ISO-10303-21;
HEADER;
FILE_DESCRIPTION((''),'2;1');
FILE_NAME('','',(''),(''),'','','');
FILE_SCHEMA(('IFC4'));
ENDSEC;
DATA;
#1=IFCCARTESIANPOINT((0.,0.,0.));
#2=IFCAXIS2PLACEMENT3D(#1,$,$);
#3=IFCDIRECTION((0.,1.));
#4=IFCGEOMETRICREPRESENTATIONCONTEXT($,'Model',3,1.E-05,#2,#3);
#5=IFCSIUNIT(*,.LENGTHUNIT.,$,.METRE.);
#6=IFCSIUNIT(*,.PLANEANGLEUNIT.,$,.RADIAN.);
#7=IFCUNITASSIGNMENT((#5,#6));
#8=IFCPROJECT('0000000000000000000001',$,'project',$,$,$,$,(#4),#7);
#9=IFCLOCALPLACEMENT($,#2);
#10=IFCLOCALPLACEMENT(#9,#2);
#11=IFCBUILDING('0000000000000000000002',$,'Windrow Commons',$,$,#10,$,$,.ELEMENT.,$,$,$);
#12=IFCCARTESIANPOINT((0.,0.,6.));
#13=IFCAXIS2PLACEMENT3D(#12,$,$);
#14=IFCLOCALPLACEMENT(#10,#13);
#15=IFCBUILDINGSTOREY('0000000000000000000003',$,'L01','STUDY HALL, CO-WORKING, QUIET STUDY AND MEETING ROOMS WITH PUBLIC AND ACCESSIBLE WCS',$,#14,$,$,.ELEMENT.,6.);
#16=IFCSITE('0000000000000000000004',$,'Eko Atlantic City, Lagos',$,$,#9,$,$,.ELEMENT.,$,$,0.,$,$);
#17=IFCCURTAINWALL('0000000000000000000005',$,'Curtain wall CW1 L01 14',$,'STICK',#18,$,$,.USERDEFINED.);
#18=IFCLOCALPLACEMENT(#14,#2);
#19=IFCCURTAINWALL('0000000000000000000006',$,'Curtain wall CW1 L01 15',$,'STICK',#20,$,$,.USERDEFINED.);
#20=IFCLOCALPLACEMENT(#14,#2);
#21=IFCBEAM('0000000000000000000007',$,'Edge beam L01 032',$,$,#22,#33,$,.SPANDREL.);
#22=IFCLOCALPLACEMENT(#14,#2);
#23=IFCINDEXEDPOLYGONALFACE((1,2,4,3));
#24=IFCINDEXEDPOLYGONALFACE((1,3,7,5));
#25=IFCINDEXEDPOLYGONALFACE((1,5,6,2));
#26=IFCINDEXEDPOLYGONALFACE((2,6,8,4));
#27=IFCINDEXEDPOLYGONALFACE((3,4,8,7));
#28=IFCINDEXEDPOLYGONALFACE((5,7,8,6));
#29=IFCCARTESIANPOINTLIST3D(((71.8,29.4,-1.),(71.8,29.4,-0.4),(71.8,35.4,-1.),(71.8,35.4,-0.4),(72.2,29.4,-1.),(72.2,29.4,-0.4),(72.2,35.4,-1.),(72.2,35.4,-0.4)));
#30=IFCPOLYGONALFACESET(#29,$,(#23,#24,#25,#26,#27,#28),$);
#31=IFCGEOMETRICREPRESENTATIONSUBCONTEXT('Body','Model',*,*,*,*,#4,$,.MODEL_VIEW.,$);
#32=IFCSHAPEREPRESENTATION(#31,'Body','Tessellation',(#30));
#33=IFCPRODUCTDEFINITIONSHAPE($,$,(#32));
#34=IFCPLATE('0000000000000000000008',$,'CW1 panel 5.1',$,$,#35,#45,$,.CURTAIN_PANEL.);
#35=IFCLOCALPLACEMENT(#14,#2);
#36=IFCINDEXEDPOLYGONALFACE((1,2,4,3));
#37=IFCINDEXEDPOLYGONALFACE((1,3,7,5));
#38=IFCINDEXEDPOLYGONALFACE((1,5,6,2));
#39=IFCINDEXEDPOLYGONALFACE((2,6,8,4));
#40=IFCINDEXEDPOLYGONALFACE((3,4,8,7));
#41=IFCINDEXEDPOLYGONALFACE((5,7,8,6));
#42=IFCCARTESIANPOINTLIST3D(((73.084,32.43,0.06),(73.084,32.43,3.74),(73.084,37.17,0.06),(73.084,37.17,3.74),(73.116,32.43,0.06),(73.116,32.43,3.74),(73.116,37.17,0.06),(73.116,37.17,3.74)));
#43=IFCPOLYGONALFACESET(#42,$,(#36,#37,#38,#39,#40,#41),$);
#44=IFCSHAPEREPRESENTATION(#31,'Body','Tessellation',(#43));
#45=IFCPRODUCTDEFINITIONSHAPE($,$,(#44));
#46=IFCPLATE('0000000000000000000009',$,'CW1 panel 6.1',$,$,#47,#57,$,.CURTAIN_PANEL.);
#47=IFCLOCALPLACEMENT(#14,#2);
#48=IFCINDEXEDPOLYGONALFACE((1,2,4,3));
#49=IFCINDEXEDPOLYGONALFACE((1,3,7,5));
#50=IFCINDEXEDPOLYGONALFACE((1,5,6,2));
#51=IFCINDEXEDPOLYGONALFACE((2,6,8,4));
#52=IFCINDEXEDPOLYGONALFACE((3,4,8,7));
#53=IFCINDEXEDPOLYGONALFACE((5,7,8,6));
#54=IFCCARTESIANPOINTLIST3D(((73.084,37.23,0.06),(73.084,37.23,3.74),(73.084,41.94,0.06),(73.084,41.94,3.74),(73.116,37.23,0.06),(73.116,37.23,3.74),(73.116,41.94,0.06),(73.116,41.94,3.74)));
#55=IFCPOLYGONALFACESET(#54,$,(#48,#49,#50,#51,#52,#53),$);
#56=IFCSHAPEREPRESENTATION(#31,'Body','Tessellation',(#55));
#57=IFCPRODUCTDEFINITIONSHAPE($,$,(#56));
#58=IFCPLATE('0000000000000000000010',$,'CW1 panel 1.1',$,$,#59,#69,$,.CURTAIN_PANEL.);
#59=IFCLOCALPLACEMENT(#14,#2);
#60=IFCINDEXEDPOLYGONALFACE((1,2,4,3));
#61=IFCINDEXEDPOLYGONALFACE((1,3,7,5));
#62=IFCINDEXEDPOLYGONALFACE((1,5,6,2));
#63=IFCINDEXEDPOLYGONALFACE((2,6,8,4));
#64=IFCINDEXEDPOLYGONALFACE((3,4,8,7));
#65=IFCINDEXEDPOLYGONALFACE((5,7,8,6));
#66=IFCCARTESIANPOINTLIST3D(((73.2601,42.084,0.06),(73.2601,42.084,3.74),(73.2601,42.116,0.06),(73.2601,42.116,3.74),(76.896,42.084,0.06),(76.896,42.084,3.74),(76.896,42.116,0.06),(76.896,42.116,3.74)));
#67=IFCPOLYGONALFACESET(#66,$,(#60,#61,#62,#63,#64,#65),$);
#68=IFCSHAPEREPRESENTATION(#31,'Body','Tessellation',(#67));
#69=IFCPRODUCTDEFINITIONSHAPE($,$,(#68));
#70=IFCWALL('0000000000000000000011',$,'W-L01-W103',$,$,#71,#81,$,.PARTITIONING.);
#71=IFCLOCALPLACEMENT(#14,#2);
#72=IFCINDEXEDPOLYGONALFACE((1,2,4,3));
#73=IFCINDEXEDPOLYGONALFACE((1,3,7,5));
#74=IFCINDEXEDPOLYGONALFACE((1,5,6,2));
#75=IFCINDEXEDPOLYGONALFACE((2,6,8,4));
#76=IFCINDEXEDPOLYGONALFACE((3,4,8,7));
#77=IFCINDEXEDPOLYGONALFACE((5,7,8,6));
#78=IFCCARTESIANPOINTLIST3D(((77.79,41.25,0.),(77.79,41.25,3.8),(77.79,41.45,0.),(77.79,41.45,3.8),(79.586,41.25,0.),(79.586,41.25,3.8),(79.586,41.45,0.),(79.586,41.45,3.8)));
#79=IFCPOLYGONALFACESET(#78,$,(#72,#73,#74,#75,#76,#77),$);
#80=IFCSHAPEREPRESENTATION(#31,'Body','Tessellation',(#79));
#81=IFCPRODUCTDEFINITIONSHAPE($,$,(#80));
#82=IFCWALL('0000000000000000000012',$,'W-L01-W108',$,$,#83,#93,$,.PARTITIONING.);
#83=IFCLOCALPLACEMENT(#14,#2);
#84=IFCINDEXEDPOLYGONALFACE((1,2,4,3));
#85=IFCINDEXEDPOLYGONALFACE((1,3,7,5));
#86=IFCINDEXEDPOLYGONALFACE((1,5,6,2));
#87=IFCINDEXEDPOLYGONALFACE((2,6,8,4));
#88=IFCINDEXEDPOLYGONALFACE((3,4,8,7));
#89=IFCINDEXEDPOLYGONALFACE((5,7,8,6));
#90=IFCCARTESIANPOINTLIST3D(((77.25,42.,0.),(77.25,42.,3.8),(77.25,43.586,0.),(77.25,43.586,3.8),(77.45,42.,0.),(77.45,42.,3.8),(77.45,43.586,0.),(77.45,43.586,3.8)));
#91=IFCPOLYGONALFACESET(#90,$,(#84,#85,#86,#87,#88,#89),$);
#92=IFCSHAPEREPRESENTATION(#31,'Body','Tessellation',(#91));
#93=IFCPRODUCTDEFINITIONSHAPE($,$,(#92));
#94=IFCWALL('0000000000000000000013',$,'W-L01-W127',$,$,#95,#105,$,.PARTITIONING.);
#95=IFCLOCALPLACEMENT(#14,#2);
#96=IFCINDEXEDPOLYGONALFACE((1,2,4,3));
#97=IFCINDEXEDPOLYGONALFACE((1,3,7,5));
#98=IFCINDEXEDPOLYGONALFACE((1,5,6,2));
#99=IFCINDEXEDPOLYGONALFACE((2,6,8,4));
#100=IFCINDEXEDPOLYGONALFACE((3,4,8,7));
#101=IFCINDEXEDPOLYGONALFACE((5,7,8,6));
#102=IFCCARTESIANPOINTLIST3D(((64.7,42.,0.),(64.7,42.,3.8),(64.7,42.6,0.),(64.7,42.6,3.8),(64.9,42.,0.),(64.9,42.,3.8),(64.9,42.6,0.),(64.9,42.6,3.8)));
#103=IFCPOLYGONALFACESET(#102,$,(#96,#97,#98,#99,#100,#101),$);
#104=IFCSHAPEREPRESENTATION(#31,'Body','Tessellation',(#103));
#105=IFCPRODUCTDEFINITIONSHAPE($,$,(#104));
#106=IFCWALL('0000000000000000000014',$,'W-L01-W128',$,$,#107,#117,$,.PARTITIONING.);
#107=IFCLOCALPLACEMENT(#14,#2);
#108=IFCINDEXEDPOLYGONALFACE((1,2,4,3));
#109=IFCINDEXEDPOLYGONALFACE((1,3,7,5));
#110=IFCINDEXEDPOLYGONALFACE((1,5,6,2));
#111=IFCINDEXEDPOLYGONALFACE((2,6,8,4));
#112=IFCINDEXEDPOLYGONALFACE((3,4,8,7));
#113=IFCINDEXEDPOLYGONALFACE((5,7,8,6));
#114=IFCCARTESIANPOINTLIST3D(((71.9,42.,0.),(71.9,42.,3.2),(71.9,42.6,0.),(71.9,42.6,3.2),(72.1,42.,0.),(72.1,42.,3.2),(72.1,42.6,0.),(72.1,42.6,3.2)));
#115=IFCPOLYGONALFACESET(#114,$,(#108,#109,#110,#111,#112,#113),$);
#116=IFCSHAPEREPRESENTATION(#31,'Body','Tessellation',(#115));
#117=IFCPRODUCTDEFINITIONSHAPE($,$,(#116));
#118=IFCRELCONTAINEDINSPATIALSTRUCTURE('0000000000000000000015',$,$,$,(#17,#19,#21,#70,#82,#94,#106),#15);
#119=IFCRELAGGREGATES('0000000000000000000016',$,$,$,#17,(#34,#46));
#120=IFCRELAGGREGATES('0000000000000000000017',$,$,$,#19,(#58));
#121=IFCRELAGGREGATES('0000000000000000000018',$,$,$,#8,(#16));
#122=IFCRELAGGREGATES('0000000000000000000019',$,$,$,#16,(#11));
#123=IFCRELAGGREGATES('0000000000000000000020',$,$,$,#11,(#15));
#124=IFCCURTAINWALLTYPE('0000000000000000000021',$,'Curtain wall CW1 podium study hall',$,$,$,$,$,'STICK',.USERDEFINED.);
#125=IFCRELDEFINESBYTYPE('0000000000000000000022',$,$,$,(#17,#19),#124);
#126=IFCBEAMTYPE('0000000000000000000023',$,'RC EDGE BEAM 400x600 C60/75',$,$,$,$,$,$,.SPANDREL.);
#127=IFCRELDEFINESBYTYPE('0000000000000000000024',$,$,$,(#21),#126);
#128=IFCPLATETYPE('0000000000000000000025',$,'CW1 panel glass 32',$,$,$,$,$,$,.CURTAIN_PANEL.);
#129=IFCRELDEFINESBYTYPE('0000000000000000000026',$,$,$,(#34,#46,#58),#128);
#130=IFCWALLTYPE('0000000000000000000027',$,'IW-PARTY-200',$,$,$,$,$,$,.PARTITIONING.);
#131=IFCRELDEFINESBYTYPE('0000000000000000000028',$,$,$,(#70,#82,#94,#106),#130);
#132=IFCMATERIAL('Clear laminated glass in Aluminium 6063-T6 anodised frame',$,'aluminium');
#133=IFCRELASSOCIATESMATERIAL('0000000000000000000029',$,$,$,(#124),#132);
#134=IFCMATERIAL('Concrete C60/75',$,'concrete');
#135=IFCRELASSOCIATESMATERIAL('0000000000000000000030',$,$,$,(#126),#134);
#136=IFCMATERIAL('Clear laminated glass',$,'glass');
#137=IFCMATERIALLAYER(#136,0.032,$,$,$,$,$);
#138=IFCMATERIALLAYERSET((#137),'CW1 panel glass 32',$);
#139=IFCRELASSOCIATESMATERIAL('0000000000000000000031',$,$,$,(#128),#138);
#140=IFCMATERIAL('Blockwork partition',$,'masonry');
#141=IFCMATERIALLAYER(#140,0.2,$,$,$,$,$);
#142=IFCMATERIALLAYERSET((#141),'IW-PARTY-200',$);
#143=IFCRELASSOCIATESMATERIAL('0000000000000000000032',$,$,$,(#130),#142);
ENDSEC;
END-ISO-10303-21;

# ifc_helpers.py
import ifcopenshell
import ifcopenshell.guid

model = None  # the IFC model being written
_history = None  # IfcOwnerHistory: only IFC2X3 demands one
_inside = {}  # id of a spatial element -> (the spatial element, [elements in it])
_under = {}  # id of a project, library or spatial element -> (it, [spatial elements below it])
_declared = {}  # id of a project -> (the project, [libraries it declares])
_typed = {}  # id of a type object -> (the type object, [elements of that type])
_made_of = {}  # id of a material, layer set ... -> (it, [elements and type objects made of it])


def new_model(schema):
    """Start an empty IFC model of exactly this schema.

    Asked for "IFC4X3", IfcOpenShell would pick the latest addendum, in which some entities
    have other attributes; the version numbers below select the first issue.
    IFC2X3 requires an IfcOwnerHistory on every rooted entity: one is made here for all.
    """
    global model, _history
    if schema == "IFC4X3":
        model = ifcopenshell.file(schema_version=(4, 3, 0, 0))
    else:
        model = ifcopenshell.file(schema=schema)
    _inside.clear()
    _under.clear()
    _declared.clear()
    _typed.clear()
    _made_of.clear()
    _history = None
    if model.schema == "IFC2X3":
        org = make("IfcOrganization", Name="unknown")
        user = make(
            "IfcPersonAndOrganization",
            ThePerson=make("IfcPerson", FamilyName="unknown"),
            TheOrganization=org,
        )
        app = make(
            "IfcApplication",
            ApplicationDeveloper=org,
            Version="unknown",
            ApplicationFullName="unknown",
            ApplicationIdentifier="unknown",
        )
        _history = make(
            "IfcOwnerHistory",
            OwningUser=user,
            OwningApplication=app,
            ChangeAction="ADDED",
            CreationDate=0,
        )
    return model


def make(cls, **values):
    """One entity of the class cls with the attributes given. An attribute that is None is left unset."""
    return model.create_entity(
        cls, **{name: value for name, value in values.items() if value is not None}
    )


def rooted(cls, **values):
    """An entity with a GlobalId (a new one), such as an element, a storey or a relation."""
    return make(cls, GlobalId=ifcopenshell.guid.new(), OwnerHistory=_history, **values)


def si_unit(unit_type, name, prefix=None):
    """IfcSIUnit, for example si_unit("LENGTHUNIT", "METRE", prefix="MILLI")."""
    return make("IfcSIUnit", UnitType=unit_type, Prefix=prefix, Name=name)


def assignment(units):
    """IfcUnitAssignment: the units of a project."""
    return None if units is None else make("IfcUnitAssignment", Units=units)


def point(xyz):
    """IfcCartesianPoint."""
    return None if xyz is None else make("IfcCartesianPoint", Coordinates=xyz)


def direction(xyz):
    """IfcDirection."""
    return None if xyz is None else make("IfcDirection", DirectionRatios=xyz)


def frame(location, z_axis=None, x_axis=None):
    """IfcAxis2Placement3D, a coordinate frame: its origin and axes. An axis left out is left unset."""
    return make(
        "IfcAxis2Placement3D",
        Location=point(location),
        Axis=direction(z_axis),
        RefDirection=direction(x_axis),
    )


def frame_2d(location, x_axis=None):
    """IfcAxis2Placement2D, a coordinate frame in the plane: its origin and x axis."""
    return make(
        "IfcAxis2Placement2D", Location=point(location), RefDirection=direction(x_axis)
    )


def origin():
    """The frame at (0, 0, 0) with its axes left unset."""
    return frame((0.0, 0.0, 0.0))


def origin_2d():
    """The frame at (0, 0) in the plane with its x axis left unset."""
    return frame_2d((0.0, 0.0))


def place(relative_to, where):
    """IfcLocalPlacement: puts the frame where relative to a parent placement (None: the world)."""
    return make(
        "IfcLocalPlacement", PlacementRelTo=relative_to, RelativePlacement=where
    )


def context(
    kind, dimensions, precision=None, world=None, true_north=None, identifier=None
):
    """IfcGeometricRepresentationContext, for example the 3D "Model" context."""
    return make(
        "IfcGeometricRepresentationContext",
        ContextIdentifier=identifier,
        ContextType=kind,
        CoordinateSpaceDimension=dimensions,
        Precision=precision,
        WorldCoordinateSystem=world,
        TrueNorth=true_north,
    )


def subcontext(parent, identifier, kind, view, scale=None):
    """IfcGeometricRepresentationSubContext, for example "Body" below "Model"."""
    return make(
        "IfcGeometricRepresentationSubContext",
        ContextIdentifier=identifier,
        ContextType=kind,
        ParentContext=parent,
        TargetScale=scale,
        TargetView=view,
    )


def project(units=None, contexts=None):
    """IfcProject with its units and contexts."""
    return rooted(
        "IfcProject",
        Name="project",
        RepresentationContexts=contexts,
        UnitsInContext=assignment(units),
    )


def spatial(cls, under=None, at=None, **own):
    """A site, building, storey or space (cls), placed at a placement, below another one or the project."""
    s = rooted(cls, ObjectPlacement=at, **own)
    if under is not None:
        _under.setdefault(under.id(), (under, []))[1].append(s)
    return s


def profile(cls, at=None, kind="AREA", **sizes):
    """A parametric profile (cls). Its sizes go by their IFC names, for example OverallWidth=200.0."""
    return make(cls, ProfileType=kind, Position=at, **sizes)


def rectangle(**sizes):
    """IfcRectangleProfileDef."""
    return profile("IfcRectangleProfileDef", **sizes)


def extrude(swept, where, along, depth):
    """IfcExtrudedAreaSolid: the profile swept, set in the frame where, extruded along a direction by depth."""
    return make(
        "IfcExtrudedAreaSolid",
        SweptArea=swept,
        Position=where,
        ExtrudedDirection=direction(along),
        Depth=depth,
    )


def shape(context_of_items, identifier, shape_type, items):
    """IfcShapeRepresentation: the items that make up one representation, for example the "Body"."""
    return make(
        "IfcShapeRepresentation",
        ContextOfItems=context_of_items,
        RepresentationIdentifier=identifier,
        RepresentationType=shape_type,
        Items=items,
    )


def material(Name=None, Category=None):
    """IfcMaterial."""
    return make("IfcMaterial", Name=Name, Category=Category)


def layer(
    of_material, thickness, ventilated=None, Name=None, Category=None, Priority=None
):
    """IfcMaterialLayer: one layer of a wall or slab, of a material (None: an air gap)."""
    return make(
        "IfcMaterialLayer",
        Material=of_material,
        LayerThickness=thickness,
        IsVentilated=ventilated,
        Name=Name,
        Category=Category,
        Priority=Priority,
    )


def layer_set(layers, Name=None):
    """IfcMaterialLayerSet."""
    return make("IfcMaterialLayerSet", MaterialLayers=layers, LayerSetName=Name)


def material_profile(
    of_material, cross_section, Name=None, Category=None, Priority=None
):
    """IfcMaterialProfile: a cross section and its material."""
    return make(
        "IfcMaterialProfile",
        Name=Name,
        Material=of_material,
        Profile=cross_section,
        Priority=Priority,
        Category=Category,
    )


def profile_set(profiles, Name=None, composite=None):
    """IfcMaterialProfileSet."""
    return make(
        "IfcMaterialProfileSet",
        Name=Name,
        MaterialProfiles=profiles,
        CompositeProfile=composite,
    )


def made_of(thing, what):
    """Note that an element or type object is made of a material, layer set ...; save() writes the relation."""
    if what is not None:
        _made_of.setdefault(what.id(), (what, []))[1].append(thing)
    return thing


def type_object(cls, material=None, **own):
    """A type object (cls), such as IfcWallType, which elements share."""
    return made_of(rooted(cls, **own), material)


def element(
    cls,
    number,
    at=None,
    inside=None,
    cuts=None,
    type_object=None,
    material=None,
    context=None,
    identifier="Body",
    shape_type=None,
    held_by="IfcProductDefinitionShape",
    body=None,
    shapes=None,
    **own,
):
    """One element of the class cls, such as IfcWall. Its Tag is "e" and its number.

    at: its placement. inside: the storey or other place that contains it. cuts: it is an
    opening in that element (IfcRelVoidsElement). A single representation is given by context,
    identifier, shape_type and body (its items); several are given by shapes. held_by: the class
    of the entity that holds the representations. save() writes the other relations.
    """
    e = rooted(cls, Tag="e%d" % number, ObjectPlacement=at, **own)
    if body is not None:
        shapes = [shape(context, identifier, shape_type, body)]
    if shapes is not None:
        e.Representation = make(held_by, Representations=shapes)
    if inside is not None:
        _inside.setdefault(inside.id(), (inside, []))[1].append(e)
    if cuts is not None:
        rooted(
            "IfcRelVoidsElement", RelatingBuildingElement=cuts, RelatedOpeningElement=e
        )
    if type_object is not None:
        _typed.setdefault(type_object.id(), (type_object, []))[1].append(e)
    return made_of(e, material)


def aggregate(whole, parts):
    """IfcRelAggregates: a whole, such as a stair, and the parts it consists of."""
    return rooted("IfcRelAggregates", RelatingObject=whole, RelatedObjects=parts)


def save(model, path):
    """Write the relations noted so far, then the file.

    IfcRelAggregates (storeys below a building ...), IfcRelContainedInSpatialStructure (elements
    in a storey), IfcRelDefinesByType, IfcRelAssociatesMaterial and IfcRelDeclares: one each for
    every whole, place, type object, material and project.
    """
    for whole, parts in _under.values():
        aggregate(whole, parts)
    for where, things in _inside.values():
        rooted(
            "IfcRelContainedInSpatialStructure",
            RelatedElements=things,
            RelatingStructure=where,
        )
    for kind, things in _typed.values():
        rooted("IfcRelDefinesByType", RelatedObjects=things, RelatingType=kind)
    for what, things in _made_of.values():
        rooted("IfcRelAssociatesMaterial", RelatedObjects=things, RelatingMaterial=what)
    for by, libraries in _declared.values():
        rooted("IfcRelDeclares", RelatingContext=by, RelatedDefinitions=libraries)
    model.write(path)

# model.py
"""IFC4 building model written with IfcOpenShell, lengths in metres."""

from ifc_helpers import new_model, si_unit, direction, frame, frame_2d, origin, origin_2d, place, context, subcontext, project, spatial, rectangle, extrude, material, layer, layer_set, material_profile, profile_set, type_object, element, aggregate, save


model = new_model("IFC4")

# Units and contexts
model_context = context("Model", 3, precision=1e-05, world=origin(), true_north=direction((0.0, 1.0)))
body_context = subcontext(model_context, "Body", "Model", "MODEL_VIEW")
ifc_project = project(units=[si_unit("LENGTHUNIT", "METRE"), si_unit("PLANEANGLEUNIT", "RADIAN")], contexts=[model_context])

# Site, building, storey
site_placement = place(None, origin())
site = spatial("IfcSite", under=ifc_project, at=site_placement, Name="Eko Atlantic City, Lagos", CompositionType="ELEMENT", RefElevation=0.0)
building_placement = place(site_placement, origin())
building = spatial("IfcBuilding", under=site, at=building_placement, Name="Windrow Commons", CompositionType="ELEMENT")
storey_placement = place(building_placement, frame((0.0, 0.0, 6.0)))
storey = spatial("IfcBuildingStorey", under=building, at=storey_placement, Name="L01", Description="STUDY HALL, CO-WORKING, QUIET STUDY AND MEETING ROOMS WITH PUBLIC AND ACCESSIBLE WCS", CompositionType="ELEMENT", Elevation=6.0)

# Curtain wall
ifc_material_1 = material(Name="Clear laminated glass in Aluminium 6063-T6 anodised frame", Category="aluminium")
curtain_wall_type = type_object("IfcCurtainWallType", Name="Curtain wall CW1 podium study hall", ElementType="STICK", PredefinedType="USERDEFINED", material=ifc_material_1)
placement = place(storey_placement, origin())
curtain_wall_1 = element("IfcCurtainWall", 1, at=placement, inside=storey, type_object=curtain_wall_type, Name="Curtain wall CW1 L01 14", ObjectType="STICK", PredefinedType="USERDEFINED")

# Curtain wall
curtain_wall_2 = element("IfcCurtainWall", 2, at=placement, inside=storey, type_object=curtain_wall_type, Name="Curtain wall CW1 L01 15", ObjectType="STICK", PredefinedType="USERDEFINED")

# Beam
ifc_material_2 = material(Name="Concrete C60/75", Category="concrete")
ifc_material_profile_1 = material_profile(ifc_material_2, rectangle(XDim=0.4, YDim=0.6, at=origin_2d()))
ifc_profile_set_1 = profile_set([ifc_material_profile_1], Name="Concrete C60/75")
beam_type = type_object("IfcBeamType", Name="RC EDGE BEAM 400x600 C60/75", PredefinedType="SPANDREL", material=ifc_profile_set_1)
beam_placement = place(storey_placement, frame((72.0, 35.4, -0.7), z_axis=(0.0, -1.0, 0.0), x_axis=(1.0, 0.0, 0.0)))
element("IfcBeam", 3, at=beam_placement, inside=storey, type_object=beam_type, Name="Edge beam L01 032", PredefinedType="SPANDREL", context=body_context, shape_type="SweptSolid", body=[
    extrude(rectangle(XDim=0.4, YDim=0.6, at=origin_2d()), origin(), (0.0, 0.0, 1.0), 6.0),
])

# Plates
ifc_material_3 = material(Name="Clear laminated glass", Category="glass")
ifc_layer_1 = layer(ifc_material_3, 0.032)
ifc_layer_set_1 = layer_set([ifc_layer_1], Name="CW1 panel glass 32")
plate_type = type_object("IfcPlateType", Name="CW1 panel glass 32", PredefinedType="CURTAIN_PANEL", material=ifc_layer_set_1)
plate_1_placement = place(storey_placement, frame((73.1, 34.8, 0.06), z_axis=(0.0, 0.0, 1.0), x_axis=(0.0, 1.0, 0.0)))
plate_1 = element("IfcPlate", 4, at=plate_1_placement, type_object=plate_type, Name="CW1 panel 5.1", PredefinedType="CURTAIN_PANEL", context=body_context, shape_type="SweptSolid", body=[
    extrude(rectangle(XDim=4.74, YDim=0.032, at=origin_2d()), origin(), (0.0, 0.0, 1.0), 3.68),
])
plate_2_placement = place(storey_placement, frame((73.1, 39.585, 0.06), z_axis=(0.0, 0.0, 1.0), x_axis=(0.0, 1.0, 0.0)))
plate_2 = element("IfcPlate", 5, at=plate_2_placement, type_object=plate_type, Name="CW1 panel 6.1", PredefinedType="CURTAIN_PANEL", context=body_context, shape_type="SweptSolid", body=[
    extrude(rectangle(XDim=4.71, YDim=0.032, at=origin_2d()), origin(), (0.0, 0.0, 1.0), 3.68),
])
aggregate(curtain_wall_1, [plate_1, plate_2])
plate_3_placement = place(storey_placement, frame((75.078, 42.1, 0.06), z_axis=(0.0, 0.0, 1.0), x_axis=(1.0, 0.0, 0.0)))
plate_3 = element("IfcPlate", 6, at=plate_3_placement, type_object=plate_type, Name="CW1 panel 1.1", PredefinedType="CURTAIN_PANEL", context=body_context, shape_type="SweptSolid", body=[
    extrude(rectangle(XDim=3.6359, YDim=0.032, at=origin_2d()), origin(), (0.0, 0.0, 1.0), 3.68),
])
aggregate(curtain_wall_2, [plate_3])

# Walls
ifc_material_4 = material(Name="Blockwork partition", Category="masonry")
ifc_layer_2 = layer(ifc_material_4, 0.2)
ifc_layer_set_2 = layer_set([ifc_layer_2], Name="IW-PARTY-200")
wall_type = type_object("IfcWallType", Name="IW-PARTY-200", PredefinedType="PARTITIONING", material=ifc_layer_set_2)
wall_1_placement = place(storey_placement, frame((77.79, 41.35, 0.0), z_axis=(0.0, 0.0, 1.0), x_axis=(1.0, 0.0, 0.0)))
element("IfcWall", 7, at=wall_1_placement, inside=storey, type_object=wall_type, Name="W-L01-W103", PredefinedType="PARTITIONING", context=body_context, shape_type="SweptSolid", body=[
    extrude(rectangle(XDim=1.796, YDim=0.2, at=frame_2d((0.898, 0.0))), origin(), (0.0, 0.0, 1.0), 3.8),
])
wall_2_placement = place(storey_placement, frame((77.35, 42.0, 0.0), z_axis=(0.0, 0.0, 1.0), x_axis=(0.0, 1.0, 0.0)))
element("IfcWall", 8, at=wall_2_placement, inside=storey, type_object=wall_type, Name="W-L01-W108", PredefinedType="PARTITIONING", context=body_context, shape_type="SweptSolid", body=[
    extrude(rectangle(XDim=1.586, YDim=0.2, at=frame_2d((0.793, 0.0))), origin(), (0.0, 0.0, 1.0), 3.8),
])
wall_3_placement = place(storey_placement, frame((64.8, 42.0, 0.0), z_axis=(0.0, 0.0, 1.0), x_axis=(0.0, 1.0, 0.0)))
element("IfcWall", 9, at=wall_3_placement, inside=storey, type_object=wall_type, Name="W-L01-W127", PredefinedType="PARTITIONING", context=body_context, shape_type="SweptSolid", body=[
    extrude(rectangle(XDim=0.6, YDim=0.2, at=frame_2d((0.3, 0.0))), origin(), (0.0, 0.0, 1.0), 3.8),
])
wall_4_placement = place(storey_placement, frame((72.0, 42.0, 0.0), z_axis=(0.0, 0.0, 1.0), x_axis=(0.0, 1.0, 0.0)))
element("IfcWall", 10, at=wall_4_placement, inside=storey, type_object=wall_type, Name="W-L01-W128", PredefinedType="PARTITIONING", context=body_context, shape_type="SweptSolid", body=[
    extrude(rectangle(XDim=0.6, YDim=0.2, at=frame_2d((0.3, 0.0))), origin(), (0.0, 0.0, 1.0), 3.2),
])

save(model, "model.ifc")
